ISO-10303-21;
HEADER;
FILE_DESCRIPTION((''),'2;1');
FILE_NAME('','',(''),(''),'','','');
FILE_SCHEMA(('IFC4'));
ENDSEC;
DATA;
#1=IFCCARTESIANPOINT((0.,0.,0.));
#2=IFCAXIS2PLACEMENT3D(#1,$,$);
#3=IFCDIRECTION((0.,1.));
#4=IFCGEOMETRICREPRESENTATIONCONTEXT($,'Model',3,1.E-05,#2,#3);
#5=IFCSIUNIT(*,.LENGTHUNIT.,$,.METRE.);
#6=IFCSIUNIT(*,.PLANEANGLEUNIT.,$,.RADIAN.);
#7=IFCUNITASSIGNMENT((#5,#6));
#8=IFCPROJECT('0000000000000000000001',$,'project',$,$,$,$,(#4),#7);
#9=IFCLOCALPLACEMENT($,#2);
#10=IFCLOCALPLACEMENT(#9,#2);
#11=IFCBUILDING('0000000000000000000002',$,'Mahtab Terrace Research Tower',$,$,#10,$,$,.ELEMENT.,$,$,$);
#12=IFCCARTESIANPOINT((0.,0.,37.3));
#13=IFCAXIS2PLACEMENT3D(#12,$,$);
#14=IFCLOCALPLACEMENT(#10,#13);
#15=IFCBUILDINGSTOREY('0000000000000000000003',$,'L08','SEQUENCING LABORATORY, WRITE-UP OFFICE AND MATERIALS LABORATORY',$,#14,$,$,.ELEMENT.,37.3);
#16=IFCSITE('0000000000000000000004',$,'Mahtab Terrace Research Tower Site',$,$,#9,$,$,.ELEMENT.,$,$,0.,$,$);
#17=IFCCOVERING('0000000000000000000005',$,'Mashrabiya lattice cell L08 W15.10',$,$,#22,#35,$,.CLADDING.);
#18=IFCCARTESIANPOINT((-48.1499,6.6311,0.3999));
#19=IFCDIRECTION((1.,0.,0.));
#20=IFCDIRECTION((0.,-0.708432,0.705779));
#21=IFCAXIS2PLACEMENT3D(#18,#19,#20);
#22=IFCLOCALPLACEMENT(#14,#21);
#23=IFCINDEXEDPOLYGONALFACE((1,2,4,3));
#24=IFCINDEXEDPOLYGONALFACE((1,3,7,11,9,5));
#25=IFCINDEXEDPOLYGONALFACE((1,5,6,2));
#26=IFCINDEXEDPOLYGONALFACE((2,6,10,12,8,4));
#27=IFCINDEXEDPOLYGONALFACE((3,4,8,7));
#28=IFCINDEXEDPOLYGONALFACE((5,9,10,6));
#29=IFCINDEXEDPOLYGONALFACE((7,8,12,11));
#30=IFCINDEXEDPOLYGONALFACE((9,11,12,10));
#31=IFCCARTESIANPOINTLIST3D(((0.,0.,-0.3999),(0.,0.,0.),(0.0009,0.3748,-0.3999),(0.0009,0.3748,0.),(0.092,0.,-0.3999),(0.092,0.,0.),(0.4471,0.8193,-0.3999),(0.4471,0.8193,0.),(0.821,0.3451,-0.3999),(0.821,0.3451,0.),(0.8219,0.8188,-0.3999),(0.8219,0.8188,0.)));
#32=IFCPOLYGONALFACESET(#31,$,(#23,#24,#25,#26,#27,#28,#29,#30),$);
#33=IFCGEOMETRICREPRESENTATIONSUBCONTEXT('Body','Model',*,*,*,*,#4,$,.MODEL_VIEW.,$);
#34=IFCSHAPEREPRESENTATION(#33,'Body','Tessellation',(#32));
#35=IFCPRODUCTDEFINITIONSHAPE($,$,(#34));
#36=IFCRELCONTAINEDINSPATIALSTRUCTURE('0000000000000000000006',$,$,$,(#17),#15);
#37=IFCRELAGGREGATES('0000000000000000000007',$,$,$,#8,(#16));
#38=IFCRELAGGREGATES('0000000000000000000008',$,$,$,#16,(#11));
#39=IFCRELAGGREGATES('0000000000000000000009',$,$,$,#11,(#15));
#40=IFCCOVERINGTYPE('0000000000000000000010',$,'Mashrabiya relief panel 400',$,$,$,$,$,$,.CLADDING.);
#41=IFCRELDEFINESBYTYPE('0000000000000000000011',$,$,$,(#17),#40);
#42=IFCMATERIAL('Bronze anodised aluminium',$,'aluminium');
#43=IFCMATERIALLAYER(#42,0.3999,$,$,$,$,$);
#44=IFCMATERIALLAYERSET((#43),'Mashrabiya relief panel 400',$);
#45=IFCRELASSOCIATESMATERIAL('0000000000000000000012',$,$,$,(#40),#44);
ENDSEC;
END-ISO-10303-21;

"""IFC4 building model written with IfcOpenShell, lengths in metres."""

from ifc_helpers import new_model, si_unit, direction, frame, origin, place, context, subcontext, project, spatial, polyline, outline, extrude, material, layer, layer_set, type_object, element, save


model = new_model("IFC4")

# Units and contexts
model_context = context("Model", 3, precision=1e-05, world=origin(), true_north=direction((0.0, 1.0)))
body_context = subcontext(model_context, "Body", "Model", "MODEL_VIEW")
ifc_project = project(units=[si_unit("LENGTHUNIT", "METRE"), si_unit("PLANEANGLEUNIT", "RADIAN")], contexts=[model_context])

# Site, building, storey
site_placement = place(None, origin())
site = spatial("IfcSite", under=ifc_project, at=site_placement, Name="Mahtab Terrace Research Tower Site", CompositionType="ELEMENT", RefElevation=0.0)
building_placement = place(site_placement, origin())
building = spatial("IfcBuilding", under=site, at=building_placement, Name="Mahtab Terrace Research Tower", CompositionType="ELEMENT")
storey_placement = place(building_placement, frame((0.0, 0.0, 37.3)))
storey = spatial("IfcBuildingStorey", under=building, at=storey_placement, Name="L08", Description="SEQUENCING LABORATORY, WRITE-UP OFFICE AND MATERIALS LABORATORY", CompositionType="ELEMENT", Elevation=37.3)

# Covering
ifc_material_1 = material(Name="Bronze anodised aluminium", Category="aluminium")
ifc_layer_1 = layer(ifc_material_1, 0.3999)
ifc_layer_set_1 = layer_set([ifc_layer_1], Name="Mashrabiya relief panel 400")
covering_type = type_object("IfcCoveringType", Name="Mashrabiya relief panel 400", PredefinedType="CLADDING", material=ifc_layer_set_1)
covering_1_placement = place(storey_placement, frame((-48.1499, 6.6311, 0.3999), z_axis=(1.0, 0.0, 0.0), x_axis=(0.0, -0.708432, 0.705779)))
element("IfcCovering", 1, at=covering_1_placement, inside=storey, type_object=covering_type, Name="Mashrabiya lattice cell L08 W15.10", PredefinedType="CLADDING", context=body_context, shape_type="SweptSolid", body=[
    extrude(outline(polyline([(0.0, 0.0), (0.092, 0.0), (0.821, 0.3451), (0.8219, 0.8188), (0.4471, 0.8193), (0.0009, 0.3748), (0.0, 0.0)])), origin(), (0.0, 0.0, -1.0), 0.3999),
])

save(model, "model.ifc")
